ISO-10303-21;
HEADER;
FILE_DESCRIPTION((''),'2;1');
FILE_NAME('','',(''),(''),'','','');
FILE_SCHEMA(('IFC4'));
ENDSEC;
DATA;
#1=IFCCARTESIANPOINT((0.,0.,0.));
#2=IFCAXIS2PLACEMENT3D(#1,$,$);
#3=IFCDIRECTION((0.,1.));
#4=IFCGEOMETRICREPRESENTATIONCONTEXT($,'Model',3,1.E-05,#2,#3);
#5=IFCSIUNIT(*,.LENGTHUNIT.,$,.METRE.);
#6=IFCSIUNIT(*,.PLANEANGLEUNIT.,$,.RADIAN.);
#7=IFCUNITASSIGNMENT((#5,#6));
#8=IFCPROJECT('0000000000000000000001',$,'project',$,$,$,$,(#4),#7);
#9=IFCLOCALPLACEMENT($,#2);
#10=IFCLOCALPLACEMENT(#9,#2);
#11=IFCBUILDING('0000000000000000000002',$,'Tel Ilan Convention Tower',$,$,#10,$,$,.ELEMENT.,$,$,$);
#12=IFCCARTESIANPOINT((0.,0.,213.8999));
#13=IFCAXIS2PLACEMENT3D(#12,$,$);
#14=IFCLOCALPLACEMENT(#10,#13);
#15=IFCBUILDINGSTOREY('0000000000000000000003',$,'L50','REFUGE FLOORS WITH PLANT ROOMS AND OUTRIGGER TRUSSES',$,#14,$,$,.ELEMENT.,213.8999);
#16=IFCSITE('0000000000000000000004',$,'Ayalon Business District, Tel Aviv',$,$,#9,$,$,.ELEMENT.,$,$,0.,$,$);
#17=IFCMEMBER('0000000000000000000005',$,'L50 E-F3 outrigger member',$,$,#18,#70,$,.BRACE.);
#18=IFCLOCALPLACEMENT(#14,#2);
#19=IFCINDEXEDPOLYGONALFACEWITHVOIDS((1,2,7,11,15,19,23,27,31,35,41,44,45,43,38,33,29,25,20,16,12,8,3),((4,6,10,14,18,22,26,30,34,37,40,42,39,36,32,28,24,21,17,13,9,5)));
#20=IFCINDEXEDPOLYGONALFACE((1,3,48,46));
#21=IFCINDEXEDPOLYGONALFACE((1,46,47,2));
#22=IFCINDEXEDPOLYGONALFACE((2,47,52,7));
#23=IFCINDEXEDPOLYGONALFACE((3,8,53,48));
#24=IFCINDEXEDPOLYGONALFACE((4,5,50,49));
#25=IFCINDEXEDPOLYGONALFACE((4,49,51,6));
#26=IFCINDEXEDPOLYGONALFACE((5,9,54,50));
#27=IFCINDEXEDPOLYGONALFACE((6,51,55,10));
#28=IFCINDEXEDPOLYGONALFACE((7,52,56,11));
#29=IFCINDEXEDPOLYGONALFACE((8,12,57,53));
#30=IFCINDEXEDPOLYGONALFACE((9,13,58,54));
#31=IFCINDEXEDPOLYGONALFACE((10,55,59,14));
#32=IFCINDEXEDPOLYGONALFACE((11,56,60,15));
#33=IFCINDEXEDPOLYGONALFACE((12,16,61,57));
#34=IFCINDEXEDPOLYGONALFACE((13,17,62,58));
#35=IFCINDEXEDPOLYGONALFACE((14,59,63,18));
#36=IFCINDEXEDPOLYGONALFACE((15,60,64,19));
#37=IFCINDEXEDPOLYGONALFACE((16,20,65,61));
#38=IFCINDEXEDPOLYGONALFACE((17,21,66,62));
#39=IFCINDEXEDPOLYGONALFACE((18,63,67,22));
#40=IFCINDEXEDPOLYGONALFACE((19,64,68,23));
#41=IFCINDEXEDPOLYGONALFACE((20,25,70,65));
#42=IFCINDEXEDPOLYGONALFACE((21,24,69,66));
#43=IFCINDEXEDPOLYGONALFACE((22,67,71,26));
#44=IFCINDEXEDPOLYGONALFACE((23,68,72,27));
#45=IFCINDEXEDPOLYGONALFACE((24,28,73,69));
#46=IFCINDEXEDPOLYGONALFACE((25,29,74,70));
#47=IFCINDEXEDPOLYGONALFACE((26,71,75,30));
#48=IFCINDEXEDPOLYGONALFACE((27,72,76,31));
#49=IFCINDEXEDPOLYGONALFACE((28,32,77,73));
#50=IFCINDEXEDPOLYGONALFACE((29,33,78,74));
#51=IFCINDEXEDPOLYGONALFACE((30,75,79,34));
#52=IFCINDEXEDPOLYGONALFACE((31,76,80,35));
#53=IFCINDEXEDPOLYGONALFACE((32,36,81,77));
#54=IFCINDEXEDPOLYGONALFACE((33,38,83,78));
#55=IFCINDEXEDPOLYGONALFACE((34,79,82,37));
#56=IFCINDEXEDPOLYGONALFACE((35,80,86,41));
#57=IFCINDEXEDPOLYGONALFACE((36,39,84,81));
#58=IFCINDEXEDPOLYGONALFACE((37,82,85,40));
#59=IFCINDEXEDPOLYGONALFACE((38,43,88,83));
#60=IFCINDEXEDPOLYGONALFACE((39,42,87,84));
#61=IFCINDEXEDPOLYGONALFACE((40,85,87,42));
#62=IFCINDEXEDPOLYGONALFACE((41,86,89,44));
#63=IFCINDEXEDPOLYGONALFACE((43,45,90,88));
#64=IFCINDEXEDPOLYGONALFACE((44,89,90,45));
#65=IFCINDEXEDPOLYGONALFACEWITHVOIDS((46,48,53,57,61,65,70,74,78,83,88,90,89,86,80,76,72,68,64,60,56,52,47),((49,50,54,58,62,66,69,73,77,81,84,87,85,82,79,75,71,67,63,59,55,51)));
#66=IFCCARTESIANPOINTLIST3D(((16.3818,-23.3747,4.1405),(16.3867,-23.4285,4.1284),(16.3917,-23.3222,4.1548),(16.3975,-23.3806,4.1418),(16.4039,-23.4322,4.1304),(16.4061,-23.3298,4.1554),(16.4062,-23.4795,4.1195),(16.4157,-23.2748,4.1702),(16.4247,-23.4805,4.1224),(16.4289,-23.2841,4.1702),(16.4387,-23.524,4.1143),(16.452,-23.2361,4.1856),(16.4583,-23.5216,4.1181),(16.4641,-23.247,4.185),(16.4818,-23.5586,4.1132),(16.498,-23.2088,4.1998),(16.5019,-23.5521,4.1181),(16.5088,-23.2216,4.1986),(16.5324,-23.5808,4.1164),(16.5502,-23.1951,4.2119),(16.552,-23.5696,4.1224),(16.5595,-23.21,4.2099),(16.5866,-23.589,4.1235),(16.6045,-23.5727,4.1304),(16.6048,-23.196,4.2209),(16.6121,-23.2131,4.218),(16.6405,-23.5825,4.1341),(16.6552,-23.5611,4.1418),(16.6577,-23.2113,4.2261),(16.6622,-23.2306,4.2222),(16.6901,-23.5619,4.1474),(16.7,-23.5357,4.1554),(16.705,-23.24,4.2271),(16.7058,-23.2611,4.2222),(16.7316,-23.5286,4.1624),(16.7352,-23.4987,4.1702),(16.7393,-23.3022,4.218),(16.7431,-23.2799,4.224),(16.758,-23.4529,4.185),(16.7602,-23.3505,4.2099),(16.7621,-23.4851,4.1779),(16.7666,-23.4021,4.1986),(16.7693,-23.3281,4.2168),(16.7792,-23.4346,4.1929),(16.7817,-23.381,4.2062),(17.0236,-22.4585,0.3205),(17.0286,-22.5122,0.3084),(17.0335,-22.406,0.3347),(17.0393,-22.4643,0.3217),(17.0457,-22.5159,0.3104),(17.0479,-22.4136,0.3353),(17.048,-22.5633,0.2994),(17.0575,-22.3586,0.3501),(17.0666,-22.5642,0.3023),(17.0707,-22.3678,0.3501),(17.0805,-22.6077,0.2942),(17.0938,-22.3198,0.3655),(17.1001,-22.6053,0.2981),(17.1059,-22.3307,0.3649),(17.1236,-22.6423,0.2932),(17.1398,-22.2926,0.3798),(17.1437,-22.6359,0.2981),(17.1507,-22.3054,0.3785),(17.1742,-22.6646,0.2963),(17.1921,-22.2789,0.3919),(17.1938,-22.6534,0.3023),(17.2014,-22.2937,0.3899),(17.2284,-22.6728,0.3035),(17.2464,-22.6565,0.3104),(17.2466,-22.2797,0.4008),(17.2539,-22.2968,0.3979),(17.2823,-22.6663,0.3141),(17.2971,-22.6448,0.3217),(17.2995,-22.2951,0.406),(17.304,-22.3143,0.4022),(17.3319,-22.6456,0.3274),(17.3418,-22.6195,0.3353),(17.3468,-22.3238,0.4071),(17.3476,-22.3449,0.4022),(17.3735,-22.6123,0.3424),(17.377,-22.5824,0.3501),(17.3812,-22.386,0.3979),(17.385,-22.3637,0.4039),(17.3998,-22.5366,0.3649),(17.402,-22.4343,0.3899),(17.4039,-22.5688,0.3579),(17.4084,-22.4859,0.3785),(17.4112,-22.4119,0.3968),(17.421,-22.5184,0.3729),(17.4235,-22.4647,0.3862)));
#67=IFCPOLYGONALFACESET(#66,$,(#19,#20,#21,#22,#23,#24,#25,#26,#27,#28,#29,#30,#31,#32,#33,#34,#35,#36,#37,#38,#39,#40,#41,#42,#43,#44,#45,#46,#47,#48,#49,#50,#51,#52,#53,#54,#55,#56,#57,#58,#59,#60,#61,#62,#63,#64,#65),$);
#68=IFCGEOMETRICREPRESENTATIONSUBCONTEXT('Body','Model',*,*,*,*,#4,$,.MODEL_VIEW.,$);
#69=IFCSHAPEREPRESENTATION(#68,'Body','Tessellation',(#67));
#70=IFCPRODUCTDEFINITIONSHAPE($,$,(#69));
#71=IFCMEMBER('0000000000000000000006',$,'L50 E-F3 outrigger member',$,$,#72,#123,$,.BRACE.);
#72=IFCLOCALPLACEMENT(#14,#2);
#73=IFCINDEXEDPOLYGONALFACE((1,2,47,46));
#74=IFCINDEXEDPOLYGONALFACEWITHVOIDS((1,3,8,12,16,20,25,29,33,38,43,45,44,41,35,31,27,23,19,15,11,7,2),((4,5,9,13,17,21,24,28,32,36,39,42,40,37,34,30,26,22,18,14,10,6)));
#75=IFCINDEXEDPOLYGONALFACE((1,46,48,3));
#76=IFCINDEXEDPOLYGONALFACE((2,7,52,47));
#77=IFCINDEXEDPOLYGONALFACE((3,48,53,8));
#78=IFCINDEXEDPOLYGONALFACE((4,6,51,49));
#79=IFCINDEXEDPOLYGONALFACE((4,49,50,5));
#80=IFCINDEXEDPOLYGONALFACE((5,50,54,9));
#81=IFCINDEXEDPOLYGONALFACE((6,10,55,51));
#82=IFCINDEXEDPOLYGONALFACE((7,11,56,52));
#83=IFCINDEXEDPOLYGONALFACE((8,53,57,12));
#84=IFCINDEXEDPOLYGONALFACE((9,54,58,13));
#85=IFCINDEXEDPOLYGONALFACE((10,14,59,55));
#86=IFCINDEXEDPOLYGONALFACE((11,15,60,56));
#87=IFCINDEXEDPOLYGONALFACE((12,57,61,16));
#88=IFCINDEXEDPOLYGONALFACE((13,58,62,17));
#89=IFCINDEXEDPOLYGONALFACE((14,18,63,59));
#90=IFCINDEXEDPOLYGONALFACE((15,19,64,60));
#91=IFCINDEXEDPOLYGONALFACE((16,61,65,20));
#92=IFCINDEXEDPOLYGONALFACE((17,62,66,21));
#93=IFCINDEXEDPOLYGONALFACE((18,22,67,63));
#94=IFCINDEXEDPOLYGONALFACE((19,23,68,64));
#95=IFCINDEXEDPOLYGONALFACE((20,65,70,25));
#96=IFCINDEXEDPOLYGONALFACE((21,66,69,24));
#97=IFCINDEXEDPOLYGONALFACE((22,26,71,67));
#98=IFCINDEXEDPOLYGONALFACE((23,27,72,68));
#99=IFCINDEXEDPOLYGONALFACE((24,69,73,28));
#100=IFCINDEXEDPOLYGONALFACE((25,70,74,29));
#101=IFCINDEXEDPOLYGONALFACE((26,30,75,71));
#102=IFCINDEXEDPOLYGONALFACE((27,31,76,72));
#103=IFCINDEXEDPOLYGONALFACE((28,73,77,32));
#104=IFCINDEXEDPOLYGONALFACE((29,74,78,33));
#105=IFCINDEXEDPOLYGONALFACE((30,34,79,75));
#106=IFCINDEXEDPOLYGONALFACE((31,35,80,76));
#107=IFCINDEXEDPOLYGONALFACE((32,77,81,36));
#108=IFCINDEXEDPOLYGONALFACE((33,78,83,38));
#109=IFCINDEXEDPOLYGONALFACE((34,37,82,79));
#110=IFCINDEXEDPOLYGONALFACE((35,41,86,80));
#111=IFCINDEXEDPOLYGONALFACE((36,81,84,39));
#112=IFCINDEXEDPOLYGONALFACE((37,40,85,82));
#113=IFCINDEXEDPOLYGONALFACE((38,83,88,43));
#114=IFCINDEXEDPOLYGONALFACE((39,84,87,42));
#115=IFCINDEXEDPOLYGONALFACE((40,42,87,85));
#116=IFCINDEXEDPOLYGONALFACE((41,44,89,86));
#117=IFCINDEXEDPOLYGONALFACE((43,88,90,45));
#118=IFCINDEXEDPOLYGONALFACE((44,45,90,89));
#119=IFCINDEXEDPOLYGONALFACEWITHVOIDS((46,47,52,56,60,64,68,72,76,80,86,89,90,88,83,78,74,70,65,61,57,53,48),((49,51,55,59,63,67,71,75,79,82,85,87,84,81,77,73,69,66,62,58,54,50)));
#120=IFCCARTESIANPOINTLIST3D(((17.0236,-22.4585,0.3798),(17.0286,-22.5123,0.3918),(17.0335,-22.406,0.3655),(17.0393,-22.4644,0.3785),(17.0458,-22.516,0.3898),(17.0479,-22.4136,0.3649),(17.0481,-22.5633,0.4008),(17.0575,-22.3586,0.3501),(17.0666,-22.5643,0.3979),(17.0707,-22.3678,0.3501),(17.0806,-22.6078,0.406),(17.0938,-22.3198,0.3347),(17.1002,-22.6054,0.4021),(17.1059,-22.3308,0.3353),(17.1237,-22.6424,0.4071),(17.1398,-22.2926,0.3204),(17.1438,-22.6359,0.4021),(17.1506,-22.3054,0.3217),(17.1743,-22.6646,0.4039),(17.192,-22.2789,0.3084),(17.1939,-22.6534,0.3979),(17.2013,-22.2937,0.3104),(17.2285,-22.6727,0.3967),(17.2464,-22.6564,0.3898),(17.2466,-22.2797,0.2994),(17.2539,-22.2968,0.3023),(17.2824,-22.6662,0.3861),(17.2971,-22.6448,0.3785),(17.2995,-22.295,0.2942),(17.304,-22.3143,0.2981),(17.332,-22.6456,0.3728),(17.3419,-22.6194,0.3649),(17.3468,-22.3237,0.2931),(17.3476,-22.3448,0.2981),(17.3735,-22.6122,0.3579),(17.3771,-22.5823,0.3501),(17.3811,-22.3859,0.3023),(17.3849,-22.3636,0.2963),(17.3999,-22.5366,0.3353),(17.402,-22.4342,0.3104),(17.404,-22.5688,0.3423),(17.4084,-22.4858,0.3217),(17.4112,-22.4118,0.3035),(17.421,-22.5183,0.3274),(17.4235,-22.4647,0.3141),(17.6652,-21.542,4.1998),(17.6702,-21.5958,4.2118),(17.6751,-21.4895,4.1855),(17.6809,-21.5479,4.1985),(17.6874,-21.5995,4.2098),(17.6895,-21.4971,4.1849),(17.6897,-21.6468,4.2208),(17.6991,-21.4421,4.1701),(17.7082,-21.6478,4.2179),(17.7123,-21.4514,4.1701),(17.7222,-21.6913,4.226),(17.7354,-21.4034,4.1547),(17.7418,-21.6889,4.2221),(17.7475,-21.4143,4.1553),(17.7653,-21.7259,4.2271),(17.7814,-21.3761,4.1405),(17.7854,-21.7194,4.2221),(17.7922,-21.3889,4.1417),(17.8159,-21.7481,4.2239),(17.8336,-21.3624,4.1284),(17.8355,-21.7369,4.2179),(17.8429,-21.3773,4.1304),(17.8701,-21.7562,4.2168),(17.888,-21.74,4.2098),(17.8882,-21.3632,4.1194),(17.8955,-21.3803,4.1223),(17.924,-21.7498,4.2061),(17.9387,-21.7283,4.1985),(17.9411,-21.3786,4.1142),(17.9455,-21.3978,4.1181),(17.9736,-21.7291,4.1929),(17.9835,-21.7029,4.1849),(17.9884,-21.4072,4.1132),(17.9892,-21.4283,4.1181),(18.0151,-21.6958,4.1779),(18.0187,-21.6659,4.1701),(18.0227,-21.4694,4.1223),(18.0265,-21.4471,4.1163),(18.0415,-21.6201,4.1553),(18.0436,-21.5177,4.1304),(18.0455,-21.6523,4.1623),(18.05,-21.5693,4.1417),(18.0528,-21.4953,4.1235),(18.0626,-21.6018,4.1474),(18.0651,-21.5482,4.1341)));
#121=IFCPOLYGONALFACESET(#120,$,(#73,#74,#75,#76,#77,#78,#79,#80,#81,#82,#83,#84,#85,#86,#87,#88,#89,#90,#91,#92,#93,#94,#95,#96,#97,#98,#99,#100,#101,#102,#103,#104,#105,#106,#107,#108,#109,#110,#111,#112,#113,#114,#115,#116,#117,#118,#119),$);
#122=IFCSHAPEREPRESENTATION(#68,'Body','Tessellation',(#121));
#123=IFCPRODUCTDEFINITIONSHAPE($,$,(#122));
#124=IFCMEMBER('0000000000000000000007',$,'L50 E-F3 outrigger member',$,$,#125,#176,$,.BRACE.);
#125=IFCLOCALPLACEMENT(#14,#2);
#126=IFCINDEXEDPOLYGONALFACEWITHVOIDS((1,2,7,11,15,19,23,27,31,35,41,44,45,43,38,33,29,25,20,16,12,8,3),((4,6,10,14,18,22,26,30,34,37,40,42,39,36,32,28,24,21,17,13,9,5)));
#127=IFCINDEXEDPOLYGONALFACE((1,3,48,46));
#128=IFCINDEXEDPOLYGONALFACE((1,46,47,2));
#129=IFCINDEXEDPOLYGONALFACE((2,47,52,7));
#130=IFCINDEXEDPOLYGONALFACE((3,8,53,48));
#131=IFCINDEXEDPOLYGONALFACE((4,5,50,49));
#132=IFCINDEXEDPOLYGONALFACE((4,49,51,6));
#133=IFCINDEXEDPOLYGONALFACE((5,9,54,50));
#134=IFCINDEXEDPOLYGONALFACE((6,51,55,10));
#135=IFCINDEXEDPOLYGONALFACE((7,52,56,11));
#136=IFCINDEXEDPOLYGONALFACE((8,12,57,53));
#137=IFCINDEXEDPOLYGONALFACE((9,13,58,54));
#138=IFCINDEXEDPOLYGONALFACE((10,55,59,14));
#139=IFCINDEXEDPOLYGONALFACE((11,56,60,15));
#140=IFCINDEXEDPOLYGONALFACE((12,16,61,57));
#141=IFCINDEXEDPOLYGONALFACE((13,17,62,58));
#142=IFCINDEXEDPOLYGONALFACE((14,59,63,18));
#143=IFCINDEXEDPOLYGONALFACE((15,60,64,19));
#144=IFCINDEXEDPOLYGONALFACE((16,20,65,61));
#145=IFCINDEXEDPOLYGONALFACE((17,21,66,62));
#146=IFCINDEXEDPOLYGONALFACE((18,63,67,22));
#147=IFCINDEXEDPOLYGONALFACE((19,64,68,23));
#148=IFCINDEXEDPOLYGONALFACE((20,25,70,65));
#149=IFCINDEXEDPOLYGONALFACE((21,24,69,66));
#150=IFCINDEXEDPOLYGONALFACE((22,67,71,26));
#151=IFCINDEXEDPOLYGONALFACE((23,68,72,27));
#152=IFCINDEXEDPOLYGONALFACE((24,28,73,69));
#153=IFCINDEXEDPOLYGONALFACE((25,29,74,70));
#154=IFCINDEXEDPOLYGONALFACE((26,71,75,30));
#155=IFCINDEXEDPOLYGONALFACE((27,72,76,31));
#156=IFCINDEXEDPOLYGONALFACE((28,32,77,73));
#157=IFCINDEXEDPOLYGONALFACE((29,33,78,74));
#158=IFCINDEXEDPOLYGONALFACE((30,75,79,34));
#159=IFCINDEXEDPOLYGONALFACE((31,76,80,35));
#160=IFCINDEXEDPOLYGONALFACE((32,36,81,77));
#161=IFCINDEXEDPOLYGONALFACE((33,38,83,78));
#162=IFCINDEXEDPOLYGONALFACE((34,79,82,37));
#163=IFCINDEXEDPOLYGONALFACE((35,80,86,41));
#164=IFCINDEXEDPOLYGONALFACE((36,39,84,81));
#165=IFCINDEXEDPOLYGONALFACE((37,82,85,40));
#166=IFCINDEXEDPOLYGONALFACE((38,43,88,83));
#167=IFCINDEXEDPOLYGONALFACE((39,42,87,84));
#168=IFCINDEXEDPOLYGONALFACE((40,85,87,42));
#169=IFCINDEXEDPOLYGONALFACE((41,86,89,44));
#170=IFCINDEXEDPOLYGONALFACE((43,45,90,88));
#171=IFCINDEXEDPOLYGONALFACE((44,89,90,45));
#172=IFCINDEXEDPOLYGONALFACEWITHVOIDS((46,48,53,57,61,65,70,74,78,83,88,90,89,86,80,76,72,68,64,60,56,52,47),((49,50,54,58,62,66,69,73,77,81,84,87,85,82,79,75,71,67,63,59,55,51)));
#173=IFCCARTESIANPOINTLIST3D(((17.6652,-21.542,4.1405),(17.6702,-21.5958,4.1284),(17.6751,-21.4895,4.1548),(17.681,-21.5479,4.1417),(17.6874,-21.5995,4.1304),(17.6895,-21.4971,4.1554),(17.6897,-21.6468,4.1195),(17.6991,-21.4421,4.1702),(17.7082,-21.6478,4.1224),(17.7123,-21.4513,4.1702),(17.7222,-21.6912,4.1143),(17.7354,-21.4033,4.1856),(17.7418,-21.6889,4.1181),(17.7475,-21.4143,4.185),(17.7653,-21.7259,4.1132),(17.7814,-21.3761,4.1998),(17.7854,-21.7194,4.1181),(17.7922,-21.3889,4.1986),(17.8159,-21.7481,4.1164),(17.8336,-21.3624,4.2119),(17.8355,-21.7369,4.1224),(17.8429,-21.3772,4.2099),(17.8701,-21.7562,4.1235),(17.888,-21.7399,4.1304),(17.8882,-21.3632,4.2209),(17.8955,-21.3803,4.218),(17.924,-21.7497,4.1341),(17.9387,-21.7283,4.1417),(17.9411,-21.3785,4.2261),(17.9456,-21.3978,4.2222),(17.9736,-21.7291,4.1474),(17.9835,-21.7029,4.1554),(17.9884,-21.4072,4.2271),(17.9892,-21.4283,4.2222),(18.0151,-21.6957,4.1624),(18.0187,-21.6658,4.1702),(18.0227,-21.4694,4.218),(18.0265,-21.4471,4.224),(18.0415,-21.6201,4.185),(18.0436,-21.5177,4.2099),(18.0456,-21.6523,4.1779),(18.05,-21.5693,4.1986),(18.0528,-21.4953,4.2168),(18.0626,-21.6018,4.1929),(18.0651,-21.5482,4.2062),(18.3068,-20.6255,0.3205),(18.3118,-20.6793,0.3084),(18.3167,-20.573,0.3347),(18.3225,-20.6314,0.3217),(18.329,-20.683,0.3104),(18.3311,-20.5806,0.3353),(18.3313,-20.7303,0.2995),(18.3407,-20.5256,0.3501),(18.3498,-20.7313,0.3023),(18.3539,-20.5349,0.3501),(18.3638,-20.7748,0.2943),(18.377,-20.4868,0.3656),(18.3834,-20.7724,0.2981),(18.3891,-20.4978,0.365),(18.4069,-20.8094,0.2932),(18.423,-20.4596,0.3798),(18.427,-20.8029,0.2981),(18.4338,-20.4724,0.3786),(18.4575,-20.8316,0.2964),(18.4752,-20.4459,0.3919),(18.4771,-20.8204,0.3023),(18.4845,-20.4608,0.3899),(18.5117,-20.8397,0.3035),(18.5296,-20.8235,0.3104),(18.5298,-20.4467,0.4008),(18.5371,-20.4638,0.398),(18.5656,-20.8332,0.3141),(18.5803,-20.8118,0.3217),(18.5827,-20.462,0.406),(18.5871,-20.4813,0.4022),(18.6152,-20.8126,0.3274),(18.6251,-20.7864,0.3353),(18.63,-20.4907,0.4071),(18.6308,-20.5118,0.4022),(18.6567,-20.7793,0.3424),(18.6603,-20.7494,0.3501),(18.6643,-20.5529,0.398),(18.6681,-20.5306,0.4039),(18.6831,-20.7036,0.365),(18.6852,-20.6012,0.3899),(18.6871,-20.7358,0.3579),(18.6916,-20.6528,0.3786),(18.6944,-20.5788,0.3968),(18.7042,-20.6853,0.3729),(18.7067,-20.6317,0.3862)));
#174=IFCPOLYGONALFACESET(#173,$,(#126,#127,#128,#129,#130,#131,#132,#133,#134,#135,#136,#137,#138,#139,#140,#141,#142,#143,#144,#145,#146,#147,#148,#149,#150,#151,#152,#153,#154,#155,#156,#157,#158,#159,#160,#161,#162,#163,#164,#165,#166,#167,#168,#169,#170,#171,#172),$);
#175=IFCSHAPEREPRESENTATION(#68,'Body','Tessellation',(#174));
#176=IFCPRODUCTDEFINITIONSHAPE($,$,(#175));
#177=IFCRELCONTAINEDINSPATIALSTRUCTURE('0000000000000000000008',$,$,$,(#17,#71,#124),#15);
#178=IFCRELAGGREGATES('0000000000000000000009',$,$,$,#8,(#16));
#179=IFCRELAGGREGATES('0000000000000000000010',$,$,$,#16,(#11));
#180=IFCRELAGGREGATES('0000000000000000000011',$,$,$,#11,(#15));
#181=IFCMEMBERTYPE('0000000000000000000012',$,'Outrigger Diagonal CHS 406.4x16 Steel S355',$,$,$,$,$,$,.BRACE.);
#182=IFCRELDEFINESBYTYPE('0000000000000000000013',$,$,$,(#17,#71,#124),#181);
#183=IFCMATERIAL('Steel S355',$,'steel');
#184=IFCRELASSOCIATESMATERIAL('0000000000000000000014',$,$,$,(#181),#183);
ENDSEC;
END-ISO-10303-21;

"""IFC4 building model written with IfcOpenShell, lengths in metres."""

from ifc_helpers import new_model, si_unit, direction, frame, origin, origin_2d, place, context, subcontext, project, spatial, hollow_circle, extrude, material, material_profile, profile_set, type_object, element, save


model = new_model("IFC4")

# Units and contexts
model_context = context("Model", 3, precision=1e-05, world=origin(), true_north=direction((0.0, 1.0)))
body_context = subcontext(model_context, "Body", "Model", "MODEL_VIEW")
ifc_project = project(units=[si_unit("LENGTHUNIT", "METRE"), si_unit("PLANEANGLEUNIT", "RADIAN")], contexts=[model_context])

# Site, building, storey
site_placement = place(None, origin())
site = spatial("IfcSite", under=ifc_project, at=site_placement, Name="Ayalon Business District, Tel Aviv", CompositionType="ELEMENT", RefElevation=0.0)
building_placement = place(site_placement, origin())
building = spatial("IfcBuilding", under=site, at=building_placement, Name="Tel Ilan Convention Tower", CompositionType="ELEMENT")
storey_placement = place(building_placement, frame((0.0, 0.0, 213.8999)))
storey = spatial("IfcBuildingStorey", under=building, at=storey_placement, Name="L50", Description="REFUGE FLOORS WITH PLANT ROOMS AND OUTRIGGER TRUSSES", CompositionType="ELEMENT", Elevation=213.8999)

# Members
ifc_material_1 = material(Name="Steel S355", Category="steel")
ifc_material_profile_1 = material_profile(ifc_material_1, hollow_circle(Radius=0.2031, WallThickness=0.0161, at=origin_2d()), Name="CHS 406.4x16")
ifc_profile_set_1 = profile_set([ifc_material_profile_1], Name="Steel S355")
member_type_1 = type_object("IfcMemberType", Name="Outrigger Diagonal CHS 406.4x16 Steel S355", PredefinedType="BRACE", material=ifc_profile_set_1)
for number, where, z_axis, x_axis, name in (
    (1, (16.582, -23.3914, 4.1702), (0.161247, 0.230187, -0.959694), (-0.819037, 0.573741, 0.0), "L50 E-F3 outrigger member"),
    (2, (17.2239, -22.4751, 0.3501), (0.161185, 0.230247, 0.95969), (-0.819211, 0.573492, 0.0), "L50 E-F3 outrigger member"),
    (3, (17.8655, -21.5586, 4.1702), (0.161185, 0.230247, -0.95969), (-0.819211, 0.573492, 0.0), "L50 E-F3 outrigger member"),
):
    element("IfcMember", number, at=place(storey_placement, frame(where, z_axis=z_axis, x_axis=x_axis)), inside=storey, type_object=member_type_1, Name=name, PredefinedType="BRACE", context=body_context, shape_type="SweptSolid", body=[
        extrude(hollow_circle(Radius=0.2031, WallThickness=0.0161, at=origin_2d()), origin(), (0.0, 0.0, 1.0), 3.9805),
    ])

save(model, "model.ifc")
